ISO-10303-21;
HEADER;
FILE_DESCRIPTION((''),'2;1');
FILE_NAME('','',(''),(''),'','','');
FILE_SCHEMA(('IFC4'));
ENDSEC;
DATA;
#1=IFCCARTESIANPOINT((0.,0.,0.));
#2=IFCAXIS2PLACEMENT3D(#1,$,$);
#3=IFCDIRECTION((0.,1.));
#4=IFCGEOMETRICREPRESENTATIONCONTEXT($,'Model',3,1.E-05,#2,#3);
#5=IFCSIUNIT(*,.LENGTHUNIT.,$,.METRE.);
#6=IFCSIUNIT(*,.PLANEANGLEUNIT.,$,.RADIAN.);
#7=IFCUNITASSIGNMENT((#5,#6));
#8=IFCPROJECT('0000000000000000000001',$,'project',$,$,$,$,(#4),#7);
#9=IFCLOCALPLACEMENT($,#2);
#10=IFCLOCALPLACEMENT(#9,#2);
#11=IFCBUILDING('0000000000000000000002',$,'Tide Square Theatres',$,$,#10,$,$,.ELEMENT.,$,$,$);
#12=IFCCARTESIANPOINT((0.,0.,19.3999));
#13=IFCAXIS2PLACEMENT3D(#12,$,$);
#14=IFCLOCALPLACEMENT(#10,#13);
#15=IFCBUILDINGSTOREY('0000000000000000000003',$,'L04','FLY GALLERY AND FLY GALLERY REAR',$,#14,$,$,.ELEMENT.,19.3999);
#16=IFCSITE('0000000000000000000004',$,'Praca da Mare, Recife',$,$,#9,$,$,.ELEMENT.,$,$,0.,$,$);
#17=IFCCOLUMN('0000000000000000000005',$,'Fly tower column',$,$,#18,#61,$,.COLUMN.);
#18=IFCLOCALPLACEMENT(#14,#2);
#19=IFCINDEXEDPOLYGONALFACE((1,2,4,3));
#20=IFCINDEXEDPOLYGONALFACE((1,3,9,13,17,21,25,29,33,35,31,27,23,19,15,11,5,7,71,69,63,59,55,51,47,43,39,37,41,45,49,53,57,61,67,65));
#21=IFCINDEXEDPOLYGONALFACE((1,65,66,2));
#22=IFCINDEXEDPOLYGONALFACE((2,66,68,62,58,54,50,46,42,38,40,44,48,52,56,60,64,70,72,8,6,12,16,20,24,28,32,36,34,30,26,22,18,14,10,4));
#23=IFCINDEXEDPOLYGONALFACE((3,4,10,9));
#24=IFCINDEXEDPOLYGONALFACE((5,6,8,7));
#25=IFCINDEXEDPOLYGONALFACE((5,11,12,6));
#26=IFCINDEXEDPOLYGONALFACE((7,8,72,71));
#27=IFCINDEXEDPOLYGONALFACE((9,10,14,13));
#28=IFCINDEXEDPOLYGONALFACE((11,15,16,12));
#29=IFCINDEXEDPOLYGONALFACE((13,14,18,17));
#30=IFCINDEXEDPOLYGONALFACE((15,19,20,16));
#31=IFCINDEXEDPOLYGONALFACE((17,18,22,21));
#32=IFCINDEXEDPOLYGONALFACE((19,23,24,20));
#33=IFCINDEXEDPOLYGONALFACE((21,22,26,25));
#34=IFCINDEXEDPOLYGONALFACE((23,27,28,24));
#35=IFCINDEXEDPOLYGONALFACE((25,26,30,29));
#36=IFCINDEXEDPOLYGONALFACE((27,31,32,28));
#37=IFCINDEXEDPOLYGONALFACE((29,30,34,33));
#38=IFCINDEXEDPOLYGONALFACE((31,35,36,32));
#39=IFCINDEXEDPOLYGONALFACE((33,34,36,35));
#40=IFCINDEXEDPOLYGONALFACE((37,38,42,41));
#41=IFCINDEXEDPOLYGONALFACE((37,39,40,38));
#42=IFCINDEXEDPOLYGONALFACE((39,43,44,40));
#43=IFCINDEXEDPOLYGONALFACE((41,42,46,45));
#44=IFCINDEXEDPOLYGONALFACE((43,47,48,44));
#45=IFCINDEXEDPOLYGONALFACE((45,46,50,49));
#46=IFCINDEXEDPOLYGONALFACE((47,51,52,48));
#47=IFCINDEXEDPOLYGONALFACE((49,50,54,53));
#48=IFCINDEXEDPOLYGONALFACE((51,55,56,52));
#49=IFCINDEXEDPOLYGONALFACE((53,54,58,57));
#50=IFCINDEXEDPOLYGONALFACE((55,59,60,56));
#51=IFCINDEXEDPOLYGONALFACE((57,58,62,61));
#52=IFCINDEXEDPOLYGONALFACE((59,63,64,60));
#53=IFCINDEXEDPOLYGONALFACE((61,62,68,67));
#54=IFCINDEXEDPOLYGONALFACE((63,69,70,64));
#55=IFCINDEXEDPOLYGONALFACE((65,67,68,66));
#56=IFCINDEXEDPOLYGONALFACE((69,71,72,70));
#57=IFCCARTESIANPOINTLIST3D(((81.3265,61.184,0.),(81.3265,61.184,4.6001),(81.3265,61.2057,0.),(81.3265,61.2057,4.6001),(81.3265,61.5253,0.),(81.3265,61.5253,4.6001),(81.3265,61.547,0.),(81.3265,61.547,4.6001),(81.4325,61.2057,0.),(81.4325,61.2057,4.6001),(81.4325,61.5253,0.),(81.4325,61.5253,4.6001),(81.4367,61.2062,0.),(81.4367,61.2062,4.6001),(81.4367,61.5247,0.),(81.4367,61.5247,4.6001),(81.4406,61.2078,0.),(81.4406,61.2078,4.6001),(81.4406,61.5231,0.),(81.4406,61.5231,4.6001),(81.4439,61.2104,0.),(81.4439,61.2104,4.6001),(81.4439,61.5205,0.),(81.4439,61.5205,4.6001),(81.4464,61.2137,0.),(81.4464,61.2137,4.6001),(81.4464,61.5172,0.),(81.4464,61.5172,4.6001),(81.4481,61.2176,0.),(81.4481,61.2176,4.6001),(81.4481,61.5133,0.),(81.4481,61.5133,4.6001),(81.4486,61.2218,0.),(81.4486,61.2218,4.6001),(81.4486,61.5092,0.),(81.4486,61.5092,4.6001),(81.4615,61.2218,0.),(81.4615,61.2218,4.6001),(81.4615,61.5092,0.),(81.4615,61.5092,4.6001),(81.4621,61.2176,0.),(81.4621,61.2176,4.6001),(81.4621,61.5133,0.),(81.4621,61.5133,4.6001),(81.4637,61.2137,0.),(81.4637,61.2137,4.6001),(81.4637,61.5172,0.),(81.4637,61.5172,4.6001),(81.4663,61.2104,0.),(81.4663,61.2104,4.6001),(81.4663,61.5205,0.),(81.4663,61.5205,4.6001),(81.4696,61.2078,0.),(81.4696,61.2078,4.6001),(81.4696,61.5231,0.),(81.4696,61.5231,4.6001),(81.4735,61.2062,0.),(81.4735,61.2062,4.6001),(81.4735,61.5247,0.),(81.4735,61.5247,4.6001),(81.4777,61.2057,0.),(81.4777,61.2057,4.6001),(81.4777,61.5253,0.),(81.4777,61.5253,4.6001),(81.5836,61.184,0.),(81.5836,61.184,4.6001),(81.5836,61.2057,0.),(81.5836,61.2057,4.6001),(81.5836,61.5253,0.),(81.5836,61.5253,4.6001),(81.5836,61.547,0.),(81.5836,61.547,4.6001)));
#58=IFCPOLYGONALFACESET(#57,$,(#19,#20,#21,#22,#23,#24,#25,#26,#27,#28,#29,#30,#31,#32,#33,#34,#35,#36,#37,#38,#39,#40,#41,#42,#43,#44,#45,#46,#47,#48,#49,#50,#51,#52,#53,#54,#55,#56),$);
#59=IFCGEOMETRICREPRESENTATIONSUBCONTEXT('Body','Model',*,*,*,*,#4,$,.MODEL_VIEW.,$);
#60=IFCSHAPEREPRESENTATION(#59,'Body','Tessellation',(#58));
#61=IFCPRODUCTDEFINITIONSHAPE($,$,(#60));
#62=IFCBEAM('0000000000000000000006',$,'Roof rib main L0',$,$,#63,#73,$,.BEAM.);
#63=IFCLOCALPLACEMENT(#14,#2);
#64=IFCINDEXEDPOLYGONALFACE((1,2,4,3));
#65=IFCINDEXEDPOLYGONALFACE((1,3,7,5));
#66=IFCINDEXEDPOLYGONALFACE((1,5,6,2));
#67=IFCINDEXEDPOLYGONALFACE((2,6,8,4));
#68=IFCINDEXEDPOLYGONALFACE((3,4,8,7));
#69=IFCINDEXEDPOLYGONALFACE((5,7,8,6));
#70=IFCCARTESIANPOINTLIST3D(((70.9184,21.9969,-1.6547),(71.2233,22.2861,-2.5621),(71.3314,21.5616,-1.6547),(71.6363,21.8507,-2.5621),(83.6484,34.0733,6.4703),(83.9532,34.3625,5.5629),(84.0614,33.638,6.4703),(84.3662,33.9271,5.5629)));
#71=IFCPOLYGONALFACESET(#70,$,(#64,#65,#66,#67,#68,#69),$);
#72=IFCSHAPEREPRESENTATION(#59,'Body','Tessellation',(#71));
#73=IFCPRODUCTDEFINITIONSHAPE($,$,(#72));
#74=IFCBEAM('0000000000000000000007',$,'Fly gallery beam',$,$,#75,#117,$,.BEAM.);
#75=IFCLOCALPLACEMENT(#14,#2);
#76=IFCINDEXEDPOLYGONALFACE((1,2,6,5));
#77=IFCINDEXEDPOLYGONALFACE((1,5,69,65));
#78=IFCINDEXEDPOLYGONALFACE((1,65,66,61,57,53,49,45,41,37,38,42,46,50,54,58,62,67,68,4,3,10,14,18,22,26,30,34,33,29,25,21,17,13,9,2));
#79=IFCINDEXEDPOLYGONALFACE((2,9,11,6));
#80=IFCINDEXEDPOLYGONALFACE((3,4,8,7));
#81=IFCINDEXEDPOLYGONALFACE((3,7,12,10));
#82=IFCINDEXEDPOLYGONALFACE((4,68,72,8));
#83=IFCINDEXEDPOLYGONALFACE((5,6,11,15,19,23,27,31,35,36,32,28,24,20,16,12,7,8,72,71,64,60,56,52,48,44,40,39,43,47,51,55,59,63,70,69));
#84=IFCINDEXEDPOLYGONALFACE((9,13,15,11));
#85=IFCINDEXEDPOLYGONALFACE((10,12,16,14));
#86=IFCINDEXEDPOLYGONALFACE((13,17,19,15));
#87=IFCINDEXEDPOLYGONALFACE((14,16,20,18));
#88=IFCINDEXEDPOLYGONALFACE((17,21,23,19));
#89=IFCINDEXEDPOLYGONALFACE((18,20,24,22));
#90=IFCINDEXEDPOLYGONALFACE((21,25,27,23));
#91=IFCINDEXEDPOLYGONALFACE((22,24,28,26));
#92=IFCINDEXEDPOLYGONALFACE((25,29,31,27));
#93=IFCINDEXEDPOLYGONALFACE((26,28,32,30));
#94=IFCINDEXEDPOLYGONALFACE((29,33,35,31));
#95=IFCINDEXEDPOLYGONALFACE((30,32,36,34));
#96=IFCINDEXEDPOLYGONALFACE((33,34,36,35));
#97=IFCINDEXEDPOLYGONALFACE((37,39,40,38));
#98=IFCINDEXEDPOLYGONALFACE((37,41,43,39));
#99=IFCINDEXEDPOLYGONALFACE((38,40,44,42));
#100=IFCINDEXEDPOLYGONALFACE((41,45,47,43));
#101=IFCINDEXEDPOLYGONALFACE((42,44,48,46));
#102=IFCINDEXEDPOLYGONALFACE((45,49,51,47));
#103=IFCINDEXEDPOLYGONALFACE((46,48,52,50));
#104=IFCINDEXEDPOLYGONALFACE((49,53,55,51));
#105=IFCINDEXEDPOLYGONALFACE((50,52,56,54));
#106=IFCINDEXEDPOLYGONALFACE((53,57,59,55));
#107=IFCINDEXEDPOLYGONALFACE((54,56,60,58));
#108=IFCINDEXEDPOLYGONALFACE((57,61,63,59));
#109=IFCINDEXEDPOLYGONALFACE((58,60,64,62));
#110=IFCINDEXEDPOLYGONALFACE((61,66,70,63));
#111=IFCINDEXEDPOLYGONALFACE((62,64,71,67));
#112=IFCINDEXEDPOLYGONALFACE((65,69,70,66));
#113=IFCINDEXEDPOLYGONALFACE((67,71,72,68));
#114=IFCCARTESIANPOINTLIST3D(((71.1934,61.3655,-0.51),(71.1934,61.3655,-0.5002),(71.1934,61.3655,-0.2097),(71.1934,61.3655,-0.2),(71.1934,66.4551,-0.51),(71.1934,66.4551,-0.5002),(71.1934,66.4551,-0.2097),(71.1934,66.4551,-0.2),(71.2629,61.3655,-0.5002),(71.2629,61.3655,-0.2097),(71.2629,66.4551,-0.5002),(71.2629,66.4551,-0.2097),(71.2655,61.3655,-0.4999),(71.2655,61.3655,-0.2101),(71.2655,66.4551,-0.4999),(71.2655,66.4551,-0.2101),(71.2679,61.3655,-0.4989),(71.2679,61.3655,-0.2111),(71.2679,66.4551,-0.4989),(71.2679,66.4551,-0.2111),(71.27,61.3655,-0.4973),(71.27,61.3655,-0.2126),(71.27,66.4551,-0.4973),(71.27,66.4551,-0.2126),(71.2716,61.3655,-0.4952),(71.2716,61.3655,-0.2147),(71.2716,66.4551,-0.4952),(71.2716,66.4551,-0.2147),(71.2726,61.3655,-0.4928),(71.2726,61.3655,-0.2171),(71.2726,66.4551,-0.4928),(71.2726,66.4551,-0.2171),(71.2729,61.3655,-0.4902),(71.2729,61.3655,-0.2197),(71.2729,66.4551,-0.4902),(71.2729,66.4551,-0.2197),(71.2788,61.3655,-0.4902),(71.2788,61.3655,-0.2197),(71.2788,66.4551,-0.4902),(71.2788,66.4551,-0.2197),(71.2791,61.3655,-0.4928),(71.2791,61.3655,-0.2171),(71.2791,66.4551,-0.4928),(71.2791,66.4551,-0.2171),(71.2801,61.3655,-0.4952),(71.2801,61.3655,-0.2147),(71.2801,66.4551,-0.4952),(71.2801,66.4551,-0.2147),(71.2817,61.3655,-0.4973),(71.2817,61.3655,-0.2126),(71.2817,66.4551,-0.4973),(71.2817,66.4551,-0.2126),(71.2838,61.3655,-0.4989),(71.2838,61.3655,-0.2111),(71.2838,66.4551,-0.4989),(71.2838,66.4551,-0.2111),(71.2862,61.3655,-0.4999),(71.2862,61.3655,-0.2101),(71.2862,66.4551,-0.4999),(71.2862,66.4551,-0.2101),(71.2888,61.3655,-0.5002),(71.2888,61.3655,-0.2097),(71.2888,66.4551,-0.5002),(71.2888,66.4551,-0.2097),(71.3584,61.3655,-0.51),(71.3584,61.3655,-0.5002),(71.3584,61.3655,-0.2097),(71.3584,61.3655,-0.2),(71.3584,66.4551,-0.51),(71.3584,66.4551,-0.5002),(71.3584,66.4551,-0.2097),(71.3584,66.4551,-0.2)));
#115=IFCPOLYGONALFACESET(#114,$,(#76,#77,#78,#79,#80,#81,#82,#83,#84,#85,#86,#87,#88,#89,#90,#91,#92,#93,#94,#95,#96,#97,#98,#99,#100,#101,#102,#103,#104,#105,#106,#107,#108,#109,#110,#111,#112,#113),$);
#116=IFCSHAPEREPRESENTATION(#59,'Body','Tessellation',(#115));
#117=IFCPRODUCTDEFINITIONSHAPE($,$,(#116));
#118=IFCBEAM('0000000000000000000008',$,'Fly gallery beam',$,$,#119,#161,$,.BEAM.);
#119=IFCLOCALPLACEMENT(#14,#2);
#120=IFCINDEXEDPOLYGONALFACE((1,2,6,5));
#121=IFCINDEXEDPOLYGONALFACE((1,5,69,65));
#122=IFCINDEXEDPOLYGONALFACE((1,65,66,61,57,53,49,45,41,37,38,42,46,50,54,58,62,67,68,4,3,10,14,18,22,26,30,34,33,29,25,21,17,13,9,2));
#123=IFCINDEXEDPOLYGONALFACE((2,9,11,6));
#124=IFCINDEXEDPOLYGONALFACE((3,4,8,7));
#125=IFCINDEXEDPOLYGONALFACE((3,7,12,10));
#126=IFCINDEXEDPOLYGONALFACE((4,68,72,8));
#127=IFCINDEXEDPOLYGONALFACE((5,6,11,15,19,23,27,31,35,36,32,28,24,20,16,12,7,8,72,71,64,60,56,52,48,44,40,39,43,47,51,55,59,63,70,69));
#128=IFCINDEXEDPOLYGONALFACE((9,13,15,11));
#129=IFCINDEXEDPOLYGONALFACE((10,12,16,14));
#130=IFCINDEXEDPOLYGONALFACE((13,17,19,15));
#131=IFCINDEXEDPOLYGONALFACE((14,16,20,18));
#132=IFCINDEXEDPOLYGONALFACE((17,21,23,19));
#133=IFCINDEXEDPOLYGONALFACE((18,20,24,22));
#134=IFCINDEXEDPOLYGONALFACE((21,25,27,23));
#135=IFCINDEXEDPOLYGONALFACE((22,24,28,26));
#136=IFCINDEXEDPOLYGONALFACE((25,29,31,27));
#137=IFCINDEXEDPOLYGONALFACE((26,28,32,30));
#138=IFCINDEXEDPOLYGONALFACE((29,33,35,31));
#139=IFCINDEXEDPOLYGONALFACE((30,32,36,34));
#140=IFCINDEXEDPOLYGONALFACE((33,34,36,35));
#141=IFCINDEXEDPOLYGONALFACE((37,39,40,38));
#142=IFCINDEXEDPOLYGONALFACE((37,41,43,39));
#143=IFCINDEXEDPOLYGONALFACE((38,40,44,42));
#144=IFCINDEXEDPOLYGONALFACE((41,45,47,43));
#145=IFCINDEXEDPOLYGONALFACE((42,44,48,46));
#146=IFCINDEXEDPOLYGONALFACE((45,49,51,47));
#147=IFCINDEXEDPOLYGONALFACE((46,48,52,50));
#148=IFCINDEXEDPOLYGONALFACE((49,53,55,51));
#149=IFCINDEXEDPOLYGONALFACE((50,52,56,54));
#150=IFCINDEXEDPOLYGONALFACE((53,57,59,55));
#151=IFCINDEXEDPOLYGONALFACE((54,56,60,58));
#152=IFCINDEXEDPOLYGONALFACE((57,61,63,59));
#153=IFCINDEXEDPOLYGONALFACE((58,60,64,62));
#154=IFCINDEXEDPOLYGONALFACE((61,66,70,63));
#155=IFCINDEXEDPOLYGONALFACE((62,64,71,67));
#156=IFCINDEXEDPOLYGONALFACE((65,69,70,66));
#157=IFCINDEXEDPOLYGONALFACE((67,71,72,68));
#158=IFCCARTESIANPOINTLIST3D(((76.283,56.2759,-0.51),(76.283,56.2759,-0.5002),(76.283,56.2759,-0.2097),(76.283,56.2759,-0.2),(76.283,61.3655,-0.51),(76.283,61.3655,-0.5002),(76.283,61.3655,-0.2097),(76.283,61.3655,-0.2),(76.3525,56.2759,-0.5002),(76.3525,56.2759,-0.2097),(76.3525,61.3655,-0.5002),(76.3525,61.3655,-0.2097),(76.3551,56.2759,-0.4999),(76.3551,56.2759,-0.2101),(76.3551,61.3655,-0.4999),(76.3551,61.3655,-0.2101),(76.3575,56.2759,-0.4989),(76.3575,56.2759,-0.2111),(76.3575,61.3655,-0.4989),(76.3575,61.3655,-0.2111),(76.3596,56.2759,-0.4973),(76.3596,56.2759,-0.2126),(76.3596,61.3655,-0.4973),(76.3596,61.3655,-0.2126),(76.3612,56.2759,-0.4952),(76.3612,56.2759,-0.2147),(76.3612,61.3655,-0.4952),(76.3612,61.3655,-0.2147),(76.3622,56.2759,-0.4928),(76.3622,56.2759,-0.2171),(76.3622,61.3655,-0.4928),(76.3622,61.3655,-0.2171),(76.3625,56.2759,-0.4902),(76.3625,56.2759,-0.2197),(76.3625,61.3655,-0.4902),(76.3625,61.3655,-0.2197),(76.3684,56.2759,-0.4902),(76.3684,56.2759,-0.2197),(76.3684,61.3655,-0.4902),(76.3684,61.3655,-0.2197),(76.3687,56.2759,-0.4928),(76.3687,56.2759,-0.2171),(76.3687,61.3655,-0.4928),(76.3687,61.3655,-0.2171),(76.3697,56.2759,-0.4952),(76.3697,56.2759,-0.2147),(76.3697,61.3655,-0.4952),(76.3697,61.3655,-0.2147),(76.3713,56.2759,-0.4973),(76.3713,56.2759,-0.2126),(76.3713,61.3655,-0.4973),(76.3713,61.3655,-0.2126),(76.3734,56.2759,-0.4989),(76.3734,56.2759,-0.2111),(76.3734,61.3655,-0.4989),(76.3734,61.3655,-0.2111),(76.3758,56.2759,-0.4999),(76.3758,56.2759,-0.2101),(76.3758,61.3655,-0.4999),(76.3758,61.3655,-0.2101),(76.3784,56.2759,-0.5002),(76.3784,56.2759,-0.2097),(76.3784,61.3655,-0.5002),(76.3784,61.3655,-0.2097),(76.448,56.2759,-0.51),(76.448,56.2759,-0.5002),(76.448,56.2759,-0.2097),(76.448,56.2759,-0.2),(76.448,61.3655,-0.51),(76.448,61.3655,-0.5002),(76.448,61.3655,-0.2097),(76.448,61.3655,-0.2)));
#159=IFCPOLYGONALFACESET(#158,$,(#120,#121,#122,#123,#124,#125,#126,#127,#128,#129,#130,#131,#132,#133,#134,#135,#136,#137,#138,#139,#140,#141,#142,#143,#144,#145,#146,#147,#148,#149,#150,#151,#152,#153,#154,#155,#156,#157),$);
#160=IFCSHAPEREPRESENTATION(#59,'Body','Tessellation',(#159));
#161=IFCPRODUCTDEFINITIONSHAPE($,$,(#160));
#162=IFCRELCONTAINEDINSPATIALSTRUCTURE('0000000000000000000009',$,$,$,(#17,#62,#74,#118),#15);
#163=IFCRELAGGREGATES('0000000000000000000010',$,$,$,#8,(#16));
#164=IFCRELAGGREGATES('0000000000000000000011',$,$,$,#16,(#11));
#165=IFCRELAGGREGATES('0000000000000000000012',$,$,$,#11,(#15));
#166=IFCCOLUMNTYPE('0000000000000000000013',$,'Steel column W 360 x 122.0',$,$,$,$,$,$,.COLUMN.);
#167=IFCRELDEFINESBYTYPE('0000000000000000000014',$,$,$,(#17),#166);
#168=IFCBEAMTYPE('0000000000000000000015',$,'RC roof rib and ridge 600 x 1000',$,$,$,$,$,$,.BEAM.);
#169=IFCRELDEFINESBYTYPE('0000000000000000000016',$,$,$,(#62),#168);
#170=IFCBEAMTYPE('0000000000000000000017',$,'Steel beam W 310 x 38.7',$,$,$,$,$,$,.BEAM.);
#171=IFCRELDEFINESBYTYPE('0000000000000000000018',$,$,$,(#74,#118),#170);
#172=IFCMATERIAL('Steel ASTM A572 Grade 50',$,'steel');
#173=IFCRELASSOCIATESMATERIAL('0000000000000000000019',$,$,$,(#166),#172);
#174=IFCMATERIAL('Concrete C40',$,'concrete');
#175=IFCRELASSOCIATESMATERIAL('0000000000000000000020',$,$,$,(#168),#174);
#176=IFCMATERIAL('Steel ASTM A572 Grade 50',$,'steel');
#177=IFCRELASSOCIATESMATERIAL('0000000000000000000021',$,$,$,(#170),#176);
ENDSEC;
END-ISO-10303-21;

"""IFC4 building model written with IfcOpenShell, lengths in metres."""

from ifc_helpers import new_model, si_unit, direction, frame, origin, origin_2d, place, context, subcontext, project, spatial, rectangle, i_section, extrude, material, material_profile, profile_set, type_object, element, save


model = new_model("IFC4")

# Units and contexts
model_context = context("Model", 3, precision=1e-05, world=origin(), true_north=direction((0.0, 1.0)))
body_context = subcontext(model_context, "Body", "Model", "MODEL_VIEW")
ifc_project = project(units=[si_unit("LENGTHUNIT", "METRE"), si_unit("PLANEANGLEUNIT", "RADIAN")], contexts=[model_context])

# Site, building, storey
site_placement = place(None, origin())
site = spatial("IfcSite", under=ifc_project, at=site_placement, Name="Praca da Mare, Recife", CompositionType="ELEMENT", RefElevation=0.0)
building_placement = place(site_placement, origin())
building = spatial("IfcBuilding", under=site, at=building_placement, Name="Tide Square Theatres", CompositionType="ELEMENT")
storey_placement = place(building_placement, frame((0.0, 0.0, 19.3999)))
storey = spatial("IfcBuildingStorey", under=building, at=storey_placement, Name="L04", Description="FLY GALLERY AND FLY GALLERY REAR", CompositionType="ELEMENT", Elevation=19.3999)

# Column
ifc_material_1 = material(Name="Steel ASTM A572 Grade 50", Category="steel")
ifc_material_profile_1 = material_profile(ifc_material_1, i_section(OverallWidth=0.2571, OverallDepth=0.363, WebThickness=0.0129, FlangeThickness=0.0217, FilletRadius=0.0161, at=origin_2d()))
ifc_profile_set_1 = profile_set([ifc_material_profile_1], Name="Steel ASTM A572 Grade 50")
column_type_1 = type_object("IfcColumnType", Name="Steel column W 360 x 122.0", PredefinedType="COLUMN", material=ifc_profile_set_1)
for number, where, z_axis, x_axis, name in (
    (1, (81.4551, 61.3655, 0.0), (0.0, 0.0, 1.0), (1.0, 0.0, 0.0), "Fly tower column"),
):
    element("IfcColumn", number, at=place(storey_placement, frame(where, z_axis=z_axis, x_axis=x_axis)), inside=storey, type_object=column_type_1, Name=name, PredefinedType="COLUMN", context=body_context, shape_type="SweptSolid", body=[
        extrude(i_section(OverallWidth=0.2571, OverallDepth=0.363, WebThickness=0.0129, FlangeThickness=0.0217, FilletRadius=0.0161, at=origin_2d()), origin(), (0.0, 0.0, 1.0), 4.6001),
    ])

# Beams
ifc_material_2 = material(Name="Concrete C40", Category="concrete")
ifc_material_profile_2 = material_profile(ifc_material_2, rectangle(XDim=0.6001, YDim=1.0, at=origin_2d()))
ifc_profile_set_2 = profile_set([ifc_material_profile_2], Name="Concrete C40")
beam_type_1 = type_object("IfcBeamType", Name="RC roof rib and ridge 600 x 1000", PredefinedType="BEAM", material=ifc_profile_set_2)
beam_1_placement = place(storey_placement, frame((71.2773, 21.9238, -2.1084), z_axis=(0.658333, 0.624534, 0.420186), x_axis=(-0.688238, 0.725485, 0.0)))
element("IfcBeam", 2, at=beam_1_placement, inside=storey, type_object=beam_type_1, Name="Roof rib main L0", PredefinedType="BEAM", context=body_context, shape_type="SweptSolid", body=[
    extrude(rectangle(XDim=0.6001, YDim=1.0, at=origin_2d()), origin(), (0.0, 0.0, 1.0), 19.3367),
])
ifc_material_3 = material(Name="Steel ASTM A572 Grade 50", Category="steel")
ifc_material_profile_3 = material_profile(ifc_material_3, i_section(OverallWidth=0.165, OverallDepth=0.3101, WebThickness=0.0059, FlangeThickness=0.0098, FilletRadius=0.01, at=origin_2d()))
ifc_profile_set_3 = profile_set([ifc_material_profile_3], Name="Steel ASTM A572 Grade 50")
beam_type_2 = type_object("IfcBeamType", Name="Steel beam W 310 x 38.7", PredefinedType="BEAM", material=ifc_profile_set_3)
for number, where, z_axis, x_axis, name in (
    (3, (71.2759, 61.3655, -0.355), (0.0, 1.0, 0.0), (-1.0, 0.0, 0.0), "Fly gallery beam"),
    (4, (76.3655, 56.2759, -0.355), (0.0, 1.0, 0.0), (-1.0, 0.0, 0.0), "Fly gallery beam"),
):
    element("IfcBeam", number, at=place(storey_placement, frame(where, z_axis=z_axis, x_axis=x_axis)), inside=storey, type_object=beam_type_2, Name=name, PredefinedType="BEAM", context=body_context, shape_type="SweptSolid", body=[
        extrude(i_section(OverallWidth=0.165, OverallDepth=0.3101, WebThickness=0.0059, FlangeThickness=0.0098, FilletRadius=0.01, at=origin_2d()), origin(), (0.0, 0.0, 1.0), 5.0896),
    ])

save(model, "model.ifc")
